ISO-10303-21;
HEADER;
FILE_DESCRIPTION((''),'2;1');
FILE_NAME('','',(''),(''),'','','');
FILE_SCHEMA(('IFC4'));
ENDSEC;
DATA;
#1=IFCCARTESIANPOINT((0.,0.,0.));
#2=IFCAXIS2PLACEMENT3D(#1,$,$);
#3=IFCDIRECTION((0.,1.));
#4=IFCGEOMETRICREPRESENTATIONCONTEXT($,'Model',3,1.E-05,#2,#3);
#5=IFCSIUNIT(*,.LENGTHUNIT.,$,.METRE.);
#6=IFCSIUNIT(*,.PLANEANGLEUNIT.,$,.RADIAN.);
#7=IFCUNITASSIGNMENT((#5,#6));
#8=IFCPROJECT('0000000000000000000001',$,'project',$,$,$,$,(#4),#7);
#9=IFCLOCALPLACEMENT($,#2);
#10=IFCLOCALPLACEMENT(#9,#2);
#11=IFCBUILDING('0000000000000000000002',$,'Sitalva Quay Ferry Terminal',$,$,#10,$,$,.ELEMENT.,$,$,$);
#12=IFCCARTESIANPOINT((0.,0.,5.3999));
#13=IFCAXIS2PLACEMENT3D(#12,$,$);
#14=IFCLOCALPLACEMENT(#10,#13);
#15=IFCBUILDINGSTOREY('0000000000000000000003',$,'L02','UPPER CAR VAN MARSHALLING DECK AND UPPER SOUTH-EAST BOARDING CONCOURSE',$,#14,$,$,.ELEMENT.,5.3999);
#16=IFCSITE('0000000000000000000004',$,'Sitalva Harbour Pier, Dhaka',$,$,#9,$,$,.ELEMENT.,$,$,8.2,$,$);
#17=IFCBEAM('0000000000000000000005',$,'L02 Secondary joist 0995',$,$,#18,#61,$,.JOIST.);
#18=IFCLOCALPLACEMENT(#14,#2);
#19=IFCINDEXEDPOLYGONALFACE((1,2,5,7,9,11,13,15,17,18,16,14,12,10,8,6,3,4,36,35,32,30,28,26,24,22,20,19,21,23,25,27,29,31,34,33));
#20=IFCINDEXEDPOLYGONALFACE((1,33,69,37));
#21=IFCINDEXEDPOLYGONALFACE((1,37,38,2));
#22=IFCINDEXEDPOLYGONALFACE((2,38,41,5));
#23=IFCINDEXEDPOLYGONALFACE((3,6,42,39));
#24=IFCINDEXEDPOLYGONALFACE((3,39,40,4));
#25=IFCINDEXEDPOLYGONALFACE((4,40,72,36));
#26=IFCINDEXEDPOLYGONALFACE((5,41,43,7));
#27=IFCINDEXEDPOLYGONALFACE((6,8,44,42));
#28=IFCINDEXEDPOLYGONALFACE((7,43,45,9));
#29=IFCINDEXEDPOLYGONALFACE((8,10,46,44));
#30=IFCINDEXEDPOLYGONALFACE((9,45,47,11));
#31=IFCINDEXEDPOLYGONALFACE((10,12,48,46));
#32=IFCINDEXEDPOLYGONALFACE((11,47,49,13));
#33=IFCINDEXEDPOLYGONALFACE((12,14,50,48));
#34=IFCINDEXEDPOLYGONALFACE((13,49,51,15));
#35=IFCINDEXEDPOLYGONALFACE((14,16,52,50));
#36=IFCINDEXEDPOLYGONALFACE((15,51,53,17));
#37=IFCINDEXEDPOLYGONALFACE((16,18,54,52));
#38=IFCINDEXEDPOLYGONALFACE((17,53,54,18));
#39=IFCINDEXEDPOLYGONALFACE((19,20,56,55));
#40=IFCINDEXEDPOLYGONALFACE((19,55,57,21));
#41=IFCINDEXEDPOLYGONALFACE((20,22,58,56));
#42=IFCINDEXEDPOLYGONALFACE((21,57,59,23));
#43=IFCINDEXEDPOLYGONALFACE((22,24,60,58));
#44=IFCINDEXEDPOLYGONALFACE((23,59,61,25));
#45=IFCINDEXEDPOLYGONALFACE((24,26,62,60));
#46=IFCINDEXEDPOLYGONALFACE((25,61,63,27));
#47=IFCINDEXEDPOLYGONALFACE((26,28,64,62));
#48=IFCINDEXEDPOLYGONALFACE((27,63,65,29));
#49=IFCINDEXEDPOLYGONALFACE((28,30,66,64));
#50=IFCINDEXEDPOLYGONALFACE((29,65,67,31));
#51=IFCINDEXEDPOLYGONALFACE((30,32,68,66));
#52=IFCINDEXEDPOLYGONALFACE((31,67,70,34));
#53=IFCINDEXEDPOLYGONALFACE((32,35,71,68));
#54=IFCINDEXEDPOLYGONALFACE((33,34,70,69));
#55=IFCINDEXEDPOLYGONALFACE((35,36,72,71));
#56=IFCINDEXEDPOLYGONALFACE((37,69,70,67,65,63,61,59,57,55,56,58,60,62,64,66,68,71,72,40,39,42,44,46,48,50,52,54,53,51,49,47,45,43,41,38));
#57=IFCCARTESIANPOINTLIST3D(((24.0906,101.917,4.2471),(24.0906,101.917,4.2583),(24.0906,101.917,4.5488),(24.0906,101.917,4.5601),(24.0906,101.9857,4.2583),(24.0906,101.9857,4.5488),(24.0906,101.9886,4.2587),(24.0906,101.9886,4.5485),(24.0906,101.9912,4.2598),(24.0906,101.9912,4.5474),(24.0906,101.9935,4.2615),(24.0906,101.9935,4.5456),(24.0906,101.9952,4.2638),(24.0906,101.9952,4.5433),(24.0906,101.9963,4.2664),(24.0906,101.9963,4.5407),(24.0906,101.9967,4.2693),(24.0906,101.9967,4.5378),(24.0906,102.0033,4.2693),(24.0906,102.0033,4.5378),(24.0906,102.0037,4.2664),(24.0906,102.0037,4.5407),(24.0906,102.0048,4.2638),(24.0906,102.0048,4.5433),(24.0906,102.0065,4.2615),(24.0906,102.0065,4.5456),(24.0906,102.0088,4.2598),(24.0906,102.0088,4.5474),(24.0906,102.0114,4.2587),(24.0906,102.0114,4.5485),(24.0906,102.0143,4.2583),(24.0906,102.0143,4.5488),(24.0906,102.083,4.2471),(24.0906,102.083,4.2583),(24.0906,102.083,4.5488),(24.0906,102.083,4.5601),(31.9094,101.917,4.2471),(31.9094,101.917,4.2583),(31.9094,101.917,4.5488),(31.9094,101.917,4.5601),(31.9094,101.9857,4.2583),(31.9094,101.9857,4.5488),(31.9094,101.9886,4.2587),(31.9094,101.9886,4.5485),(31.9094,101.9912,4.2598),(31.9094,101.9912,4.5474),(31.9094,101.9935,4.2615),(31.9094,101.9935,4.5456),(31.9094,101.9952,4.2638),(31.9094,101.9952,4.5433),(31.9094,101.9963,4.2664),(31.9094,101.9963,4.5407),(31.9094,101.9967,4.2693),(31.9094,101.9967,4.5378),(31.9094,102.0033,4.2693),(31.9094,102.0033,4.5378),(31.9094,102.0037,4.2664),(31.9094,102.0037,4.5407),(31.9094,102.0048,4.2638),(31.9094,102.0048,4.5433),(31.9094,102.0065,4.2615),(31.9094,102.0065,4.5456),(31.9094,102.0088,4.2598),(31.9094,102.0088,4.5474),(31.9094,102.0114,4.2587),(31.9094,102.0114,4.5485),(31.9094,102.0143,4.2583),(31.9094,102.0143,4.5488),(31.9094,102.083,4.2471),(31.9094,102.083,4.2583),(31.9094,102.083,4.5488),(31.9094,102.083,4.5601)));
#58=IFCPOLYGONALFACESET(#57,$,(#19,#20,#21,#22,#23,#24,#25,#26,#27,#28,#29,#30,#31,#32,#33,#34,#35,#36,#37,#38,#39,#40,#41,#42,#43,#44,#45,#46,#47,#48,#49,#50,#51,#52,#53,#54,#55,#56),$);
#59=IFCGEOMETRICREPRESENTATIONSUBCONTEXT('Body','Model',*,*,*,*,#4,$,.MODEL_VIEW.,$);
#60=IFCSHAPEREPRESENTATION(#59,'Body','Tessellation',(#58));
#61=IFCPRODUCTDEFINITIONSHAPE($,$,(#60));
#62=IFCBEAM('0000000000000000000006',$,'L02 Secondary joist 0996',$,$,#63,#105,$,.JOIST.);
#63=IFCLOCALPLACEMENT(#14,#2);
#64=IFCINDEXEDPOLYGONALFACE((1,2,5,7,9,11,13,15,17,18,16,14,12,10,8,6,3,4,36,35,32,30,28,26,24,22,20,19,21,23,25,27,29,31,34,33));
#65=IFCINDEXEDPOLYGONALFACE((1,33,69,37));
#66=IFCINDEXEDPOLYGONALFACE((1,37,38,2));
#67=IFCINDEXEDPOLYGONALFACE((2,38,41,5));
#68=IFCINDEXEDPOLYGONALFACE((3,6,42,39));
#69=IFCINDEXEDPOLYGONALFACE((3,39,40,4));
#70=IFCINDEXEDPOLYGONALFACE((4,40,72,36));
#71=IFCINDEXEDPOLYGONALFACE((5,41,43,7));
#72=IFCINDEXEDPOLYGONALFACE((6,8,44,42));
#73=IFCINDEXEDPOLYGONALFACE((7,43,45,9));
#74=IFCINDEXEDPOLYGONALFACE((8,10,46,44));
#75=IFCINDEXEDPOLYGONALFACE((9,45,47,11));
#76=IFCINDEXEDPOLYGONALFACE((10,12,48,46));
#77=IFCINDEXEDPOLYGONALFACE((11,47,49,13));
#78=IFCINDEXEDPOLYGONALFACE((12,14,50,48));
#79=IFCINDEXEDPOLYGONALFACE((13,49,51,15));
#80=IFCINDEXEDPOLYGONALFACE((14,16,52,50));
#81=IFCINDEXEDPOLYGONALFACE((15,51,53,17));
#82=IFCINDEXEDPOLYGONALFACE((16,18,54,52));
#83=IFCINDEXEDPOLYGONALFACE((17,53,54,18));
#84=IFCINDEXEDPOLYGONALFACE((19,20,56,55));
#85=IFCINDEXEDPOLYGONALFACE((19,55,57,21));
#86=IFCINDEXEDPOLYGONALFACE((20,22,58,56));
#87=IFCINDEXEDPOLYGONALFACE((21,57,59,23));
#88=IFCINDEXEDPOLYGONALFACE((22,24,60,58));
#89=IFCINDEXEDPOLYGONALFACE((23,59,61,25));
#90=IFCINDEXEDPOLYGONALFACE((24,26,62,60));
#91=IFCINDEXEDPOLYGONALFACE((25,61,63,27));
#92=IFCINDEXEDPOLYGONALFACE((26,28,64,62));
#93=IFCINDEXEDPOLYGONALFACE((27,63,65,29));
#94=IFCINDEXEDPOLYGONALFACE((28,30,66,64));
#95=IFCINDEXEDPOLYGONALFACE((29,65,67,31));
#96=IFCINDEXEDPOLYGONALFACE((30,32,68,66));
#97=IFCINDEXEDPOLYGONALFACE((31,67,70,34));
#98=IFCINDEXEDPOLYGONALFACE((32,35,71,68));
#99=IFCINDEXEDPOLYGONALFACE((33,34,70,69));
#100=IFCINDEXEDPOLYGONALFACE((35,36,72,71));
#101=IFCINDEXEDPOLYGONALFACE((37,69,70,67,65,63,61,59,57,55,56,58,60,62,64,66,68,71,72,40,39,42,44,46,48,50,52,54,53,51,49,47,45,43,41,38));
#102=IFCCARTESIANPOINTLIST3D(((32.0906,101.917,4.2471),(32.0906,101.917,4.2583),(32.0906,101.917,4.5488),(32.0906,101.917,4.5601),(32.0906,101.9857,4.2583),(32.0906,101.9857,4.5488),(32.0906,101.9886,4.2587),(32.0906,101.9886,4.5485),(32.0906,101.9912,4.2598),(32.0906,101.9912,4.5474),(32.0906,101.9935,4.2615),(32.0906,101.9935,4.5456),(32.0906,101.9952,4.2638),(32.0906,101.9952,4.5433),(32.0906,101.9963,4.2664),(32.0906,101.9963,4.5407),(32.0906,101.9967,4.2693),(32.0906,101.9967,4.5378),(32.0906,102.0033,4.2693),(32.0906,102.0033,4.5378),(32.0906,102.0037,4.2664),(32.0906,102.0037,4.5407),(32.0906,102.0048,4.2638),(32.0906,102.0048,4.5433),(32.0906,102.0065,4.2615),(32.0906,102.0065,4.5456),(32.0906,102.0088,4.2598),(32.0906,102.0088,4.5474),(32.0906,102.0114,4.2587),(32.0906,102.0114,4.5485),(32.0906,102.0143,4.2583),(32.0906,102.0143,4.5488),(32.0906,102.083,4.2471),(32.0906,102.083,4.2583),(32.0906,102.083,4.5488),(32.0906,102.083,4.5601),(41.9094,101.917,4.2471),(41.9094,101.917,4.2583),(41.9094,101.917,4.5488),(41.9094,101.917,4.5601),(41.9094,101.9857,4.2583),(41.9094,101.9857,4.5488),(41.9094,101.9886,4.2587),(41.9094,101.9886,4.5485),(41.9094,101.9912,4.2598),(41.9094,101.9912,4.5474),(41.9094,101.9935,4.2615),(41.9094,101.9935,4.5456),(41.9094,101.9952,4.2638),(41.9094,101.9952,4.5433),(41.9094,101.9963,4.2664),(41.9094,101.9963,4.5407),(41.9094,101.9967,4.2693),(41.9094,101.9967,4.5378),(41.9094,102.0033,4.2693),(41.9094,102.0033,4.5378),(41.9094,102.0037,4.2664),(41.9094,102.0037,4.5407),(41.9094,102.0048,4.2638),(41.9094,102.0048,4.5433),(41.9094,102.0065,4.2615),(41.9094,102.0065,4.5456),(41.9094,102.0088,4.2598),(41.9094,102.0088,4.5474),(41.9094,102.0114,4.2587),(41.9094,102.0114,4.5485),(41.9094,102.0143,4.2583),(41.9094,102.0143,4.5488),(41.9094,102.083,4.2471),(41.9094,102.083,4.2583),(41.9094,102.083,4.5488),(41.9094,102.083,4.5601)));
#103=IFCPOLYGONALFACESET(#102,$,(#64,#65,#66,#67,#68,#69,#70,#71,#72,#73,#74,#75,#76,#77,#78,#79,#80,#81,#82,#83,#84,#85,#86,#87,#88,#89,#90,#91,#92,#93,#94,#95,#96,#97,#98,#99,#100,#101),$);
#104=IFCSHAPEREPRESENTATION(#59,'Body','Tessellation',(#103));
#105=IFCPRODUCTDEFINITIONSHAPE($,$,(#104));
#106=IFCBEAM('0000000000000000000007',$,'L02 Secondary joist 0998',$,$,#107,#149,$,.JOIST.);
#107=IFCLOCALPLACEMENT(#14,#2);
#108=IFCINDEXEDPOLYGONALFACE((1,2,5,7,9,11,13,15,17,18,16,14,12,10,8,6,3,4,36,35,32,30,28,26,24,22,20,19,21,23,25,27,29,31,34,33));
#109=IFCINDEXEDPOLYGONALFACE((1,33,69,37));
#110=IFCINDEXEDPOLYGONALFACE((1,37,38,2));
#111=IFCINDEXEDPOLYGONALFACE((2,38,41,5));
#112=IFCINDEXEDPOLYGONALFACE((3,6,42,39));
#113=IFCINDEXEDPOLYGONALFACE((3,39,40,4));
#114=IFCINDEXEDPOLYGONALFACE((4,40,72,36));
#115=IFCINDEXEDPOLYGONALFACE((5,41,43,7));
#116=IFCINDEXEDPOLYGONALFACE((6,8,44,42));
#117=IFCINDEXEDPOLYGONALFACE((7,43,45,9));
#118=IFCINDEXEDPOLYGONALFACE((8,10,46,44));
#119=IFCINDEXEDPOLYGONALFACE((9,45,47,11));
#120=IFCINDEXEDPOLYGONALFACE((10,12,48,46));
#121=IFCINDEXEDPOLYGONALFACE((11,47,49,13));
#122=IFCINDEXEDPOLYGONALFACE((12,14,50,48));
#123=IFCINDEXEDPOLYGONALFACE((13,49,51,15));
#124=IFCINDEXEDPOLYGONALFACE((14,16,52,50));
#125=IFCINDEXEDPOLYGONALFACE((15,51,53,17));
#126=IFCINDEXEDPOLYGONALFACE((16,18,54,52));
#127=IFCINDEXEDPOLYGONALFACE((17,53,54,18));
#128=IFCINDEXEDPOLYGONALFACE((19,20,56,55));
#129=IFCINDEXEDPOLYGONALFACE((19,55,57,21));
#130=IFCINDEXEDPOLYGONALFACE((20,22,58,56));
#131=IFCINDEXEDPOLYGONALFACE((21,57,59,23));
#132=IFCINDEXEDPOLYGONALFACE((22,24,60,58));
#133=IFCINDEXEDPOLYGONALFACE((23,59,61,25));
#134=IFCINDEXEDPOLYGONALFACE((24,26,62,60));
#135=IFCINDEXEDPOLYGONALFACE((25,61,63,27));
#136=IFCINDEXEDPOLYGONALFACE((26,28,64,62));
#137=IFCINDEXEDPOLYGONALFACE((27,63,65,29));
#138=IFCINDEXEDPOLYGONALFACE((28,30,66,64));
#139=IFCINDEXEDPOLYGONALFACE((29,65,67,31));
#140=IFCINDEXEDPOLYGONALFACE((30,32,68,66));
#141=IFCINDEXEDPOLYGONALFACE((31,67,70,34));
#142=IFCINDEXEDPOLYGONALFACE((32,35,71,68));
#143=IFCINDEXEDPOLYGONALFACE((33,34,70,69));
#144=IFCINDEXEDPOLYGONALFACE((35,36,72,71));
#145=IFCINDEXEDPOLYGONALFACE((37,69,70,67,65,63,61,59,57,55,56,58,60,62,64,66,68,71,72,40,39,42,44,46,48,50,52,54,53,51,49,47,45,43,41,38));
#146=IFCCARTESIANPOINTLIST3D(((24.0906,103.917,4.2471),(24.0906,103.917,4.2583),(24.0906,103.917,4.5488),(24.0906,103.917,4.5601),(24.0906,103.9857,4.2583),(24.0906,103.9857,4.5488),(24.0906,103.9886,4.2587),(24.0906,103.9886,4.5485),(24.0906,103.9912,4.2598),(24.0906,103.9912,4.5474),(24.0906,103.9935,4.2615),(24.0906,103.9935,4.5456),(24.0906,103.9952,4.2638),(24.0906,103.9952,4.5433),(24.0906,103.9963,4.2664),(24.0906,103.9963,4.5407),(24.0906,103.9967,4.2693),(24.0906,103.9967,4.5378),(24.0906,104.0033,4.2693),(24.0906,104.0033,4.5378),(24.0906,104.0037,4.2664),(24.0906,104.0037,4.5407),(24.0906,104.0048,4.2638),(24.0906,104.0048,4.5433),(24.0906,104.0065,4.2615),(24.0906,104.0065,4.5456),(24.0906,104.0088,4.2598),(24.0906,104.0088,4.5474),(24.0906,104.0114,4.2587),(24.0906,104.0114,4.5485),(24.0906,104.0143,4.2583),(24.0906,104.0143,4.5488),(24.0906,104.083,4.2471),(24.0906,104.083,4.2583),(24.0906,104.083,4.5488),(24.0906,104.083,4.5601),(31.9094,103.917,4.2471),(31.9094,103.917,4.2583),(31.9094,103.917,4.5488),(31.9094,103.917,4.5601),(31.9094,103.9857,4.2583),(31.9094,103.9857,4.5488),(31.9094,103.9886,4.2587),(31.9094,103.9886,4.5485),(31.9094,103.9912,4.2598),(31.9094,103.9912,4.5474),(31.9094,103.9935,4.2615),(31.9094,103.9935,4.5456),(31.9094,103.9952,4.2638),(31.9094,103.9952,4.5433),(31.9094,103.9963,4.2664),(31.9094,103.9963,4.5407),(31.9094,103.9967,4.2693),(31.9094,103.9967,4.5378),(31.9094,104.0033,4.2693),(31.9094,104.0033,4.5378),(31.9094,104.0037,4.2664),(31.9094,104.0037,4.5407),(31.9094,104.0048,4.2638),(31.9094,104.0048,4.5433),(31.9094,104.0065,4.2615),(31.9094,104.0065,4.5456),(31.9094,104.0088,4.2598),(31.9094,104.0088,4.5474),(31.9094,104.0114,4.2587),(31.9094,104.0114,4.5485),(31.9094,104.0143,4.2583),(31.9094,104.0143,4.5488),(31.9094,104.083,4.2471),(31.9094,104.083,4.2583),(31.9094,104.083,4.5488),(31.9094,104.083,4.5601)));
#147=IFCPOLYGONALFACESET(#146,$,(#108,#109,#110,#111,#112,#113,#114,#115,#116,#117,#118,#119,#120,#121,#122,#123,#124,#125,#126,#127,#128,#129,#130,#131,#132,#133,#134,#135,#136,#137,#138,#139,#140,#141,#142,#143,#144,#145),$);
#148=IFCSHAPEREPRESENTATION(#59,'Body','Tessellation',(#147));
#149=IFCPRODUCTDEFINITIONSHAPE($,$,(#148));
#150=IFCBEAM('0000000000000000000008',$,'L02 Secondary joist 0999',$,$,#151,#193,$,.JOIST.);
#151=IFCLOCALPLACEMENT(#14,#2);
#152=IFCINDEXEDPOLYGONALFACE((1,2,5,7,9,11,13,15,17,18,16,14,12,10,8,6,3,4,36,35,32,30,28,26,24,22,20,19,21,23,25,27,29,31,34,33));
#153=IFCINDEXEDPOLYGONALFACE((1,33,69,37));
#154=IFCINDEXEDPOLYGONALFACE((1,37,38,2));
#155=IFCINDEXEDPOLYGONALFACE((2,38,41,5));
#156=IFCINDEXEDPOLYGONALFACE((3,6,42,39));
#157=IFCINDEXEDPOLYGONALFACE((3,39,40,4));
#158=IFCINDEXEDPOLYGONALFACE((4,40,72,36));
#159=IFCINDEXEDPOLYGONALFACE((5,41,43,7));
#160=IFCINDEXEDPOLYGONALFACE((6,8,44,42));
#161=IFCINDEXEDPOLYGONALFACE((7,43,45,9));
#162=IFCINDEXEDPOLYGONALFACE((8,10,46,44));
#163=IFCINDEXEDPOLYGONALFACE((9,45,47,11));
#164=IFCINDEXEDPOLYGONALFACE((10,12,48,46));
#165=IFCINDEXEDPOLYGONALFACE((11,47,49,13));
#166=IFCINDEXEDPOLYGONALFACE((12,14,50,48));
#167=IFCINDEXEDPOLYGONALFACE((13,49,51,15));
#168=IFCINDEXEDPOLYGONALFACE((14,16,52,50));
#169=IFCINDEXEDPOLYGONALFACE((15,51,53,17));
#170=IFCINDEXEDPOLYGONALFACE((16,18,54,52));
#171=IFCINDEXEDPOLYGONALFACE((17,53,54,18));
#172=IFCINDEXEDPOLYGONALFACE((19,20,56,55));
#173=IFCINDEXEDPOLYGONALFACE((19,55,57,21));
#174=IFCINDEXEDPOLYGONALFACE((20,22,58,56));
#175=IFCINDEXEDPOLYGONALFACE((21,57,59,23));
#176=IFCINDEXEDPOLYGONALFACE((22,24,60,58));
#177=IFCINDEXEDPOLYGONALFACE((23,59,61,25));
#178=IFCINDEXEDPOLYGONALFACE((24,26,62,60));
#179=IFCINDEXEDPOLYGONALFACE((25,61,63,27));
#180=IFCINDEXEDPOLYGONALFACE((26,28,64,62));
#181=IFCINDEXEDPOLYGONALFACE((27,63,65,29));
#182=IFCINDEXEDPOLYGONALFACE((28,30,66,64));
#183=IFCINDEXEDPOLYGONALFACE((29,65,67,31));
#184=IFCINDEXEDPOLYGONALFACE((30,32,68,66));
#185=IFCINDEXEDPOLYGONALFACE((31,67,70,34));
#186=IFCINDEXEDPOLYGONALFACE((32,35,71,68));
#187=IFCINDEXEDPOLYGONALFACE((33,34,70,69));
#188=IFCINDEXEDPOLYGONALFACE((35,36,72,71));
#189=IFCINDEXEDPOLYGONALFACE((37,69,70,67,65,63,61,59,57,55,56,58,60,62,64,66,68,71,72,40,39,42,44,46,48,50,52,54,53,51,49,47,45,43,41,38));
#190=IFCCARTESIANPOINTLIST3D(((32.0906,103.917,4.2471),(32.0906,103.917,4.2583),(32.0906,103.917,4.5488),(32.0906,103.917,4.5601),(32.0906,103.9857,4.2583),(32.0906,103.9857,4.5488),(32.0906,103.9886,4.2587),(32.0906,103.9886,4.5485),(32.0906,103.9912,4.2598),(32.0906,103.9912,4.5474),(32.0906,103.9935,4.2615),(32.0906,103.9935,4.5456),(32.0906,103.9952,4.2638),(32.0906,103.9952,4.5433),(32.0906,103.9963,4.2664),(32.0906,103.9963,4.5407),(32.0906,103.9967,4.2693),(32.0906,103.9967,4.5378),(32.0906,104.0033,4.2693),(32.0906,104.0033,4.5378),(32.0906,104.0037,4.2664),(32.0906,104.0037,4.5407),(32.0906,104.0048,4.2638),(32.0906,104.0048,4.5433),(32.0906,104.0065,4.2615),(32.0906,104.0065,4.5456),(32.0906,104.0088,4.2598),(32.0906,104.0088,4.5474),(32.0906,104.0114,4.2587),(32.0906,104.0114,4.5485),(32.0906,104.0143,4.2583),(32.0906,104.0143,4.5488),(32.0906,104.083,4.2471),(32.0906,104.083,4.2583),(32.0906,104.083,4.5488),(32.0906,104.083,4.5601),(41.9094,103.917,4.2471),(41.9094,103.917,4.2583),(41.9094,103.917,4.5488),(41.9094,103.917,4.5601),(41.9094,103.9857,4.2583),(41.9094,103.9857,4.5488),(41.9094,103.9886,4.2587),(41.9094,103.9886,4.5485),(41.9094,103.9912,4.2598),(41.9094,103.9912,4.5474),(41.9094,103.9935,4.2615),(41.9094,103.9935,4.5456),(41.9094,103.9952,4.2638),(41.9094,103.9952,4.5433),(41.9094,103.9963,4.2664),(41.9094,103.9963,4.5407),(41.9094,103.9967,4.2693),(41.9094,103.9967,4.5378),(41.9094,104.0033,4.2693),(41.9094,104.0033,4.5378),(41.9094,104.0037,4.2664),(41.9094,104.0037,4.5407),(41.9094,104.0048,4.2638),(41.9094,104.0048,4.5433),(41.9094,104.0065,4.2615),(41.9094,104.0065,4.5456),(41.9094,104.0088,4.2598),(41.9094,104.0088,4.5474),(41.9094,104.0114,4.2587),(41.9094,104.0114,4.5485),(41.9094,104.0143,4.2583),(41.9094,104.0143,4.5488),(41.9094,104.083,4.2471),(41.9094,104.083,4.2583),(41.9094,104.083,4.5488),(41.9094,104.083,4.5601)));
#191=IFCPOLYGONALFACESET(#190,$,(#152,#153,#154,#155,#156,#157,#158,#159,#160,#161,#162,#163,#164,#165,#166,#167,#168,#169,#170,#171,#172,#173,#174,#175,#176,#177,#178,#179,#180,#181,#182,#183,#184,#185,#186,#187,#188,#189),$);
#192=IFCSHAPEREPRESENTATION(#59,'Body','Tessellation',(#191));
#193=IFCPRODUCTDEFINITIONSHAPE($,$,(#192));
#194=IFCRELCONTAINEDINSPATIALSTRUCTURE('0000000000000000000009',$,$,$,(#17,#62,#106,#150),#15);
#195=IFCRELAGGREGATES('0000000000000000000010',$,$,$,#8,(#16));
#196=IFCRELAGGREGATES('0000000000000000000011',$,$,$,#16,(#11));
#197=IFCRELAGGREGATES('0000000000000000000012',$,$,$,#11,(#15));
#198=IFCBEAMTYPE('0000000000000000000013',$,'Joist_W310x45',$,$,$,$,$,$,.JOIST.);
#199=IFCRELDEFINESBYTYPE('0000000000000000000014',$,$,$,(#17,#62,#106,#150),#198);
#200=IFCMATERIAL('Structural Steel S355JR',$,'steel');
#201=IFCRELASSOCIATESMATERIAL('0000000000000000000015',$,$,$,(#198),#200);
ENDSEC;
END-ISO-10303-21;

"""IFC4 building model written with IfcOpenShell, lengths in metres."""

from ifc_helpers import new_model, si_unit, direction, frame, origin, origin_2d, place, context, subcontext, project, spatial, i_section, extrude, material, material_profile, profile_set, type_object, element, save


model = new_model("IFC4")

# Units and contexts
model_context = context("Model", 3, precision=1e-05, world=origin(), true_north=direction((0.0, 1.0)))
body_context = subcontext(model_context, "Body", "Model", "MODEL_VIEW")
ifc_project = project(units=[si_unit("LENGTHUNIT", "METRE"), si_unit("PLANEANGLEUNIT", "RADIAN")], contexts=[model_context])

# Site, building, storey
site_placement = place(None, origin())
site = spatial("IfcSite", under=ifc_project, at=site_placement, Name="Sitalva Harbour Pier, Dhaka", CompositionType="ELEMENT", RefElevation=8.2)
building_placement = place(site_placement, origin())
building = spatial("IfcBuilding", under=site, at=building_placement, Name="Sitalva Quay Ferry Terminal", CompositionType="ELEMENT")
storey_placement = place(building_placement, frame((0.0, 0.0, 5.3999)))
storey = spatial("IfcBuildingStorey", under=building, at=storey_placement, Name="L02", Description="UPPER CAR VAN MARSHALLING DECK AND UPPER SOUTH-EAST BOARDING CONCOURSE", CompositionType="ELEMENT", Elevation=5.3999)

# Beams
ifc_material_1 = material(Name="Structural Steel S355JR", Category="steel")
ifc_material_profile_1 = material_profile(ifc_material_1, i_section(OverallWidth=0.166, OverallDepth=0.313, WebThickness=0.0066, FlangeThickness=0.0112, FilletRadius=0.011, at=origin_2d()), Name="W310x45")
ifc_profile_set_1 = profile_set([ifc_material_profile_1], Name="Structural Steel S355JR")
beam_type_1 = type_object("IfcBeamType", Name="Joist_W310x45", PredefinedType="JOIST", material=ifc_profile_set_1)
beam_1_placement = place(storey_placement, frame((24.0906, 102.0, 4.4036), z_axis=(1.0, 0.0, 0.0), x_axis=(0.0, 1.0, 0.0)))
element("IfcBeam", 1, at=beam_1_placement, inside=storey, type_object=beam_type_1, Name="L02 Secondary joist 0995", PredefinedType="JOIST", context=body_context, shape_type="SweptSolid", body=[
    extrude(i_section(OverallWidth=0.166, OverallDepth=0.313, WebThickness=0.0066, FlangeThickness=0.0112, FilletRadius=0.011, at=origin_2d()), origin(), (0.0, 0.0, 1.0), 7.8188),
])
beam_2_placement = place(storey_placement, frame((32.0906, 102.0, 4.4036), z_axis=(1.0, 0.0, 0.0), x_axis=(0.0, 1.0, 0.0)))
element("IfcBeam", 2, at=beam_2_placement, inside=storey, type_object=beam_type_1, Name="L02 Secondary joist 0996", PredefinedType="JOIST", context=body_context, shape_type="SweptSolid", body=[
    extrude(i_section(OverallWidth=0.166, OverallDepth=0.313, WebThickness=0.0066, FlangeThickness=0.0112, FilletRadius=0.011, at=origin_2d()), origin(), (0.0, 0.0, 1.0), 9.8188),
])
beam_3_placement = place(storey_placement, frame((24.0906, 104.0, 4.4036), z_axis=(1.0, 0.0, 0.0), x_axis=(0.0, 1.0, 0.0)))
element("IfcBeam", 3, at=beam_3_placement, inside=storey, type_object=beam_type_1, Name="L02 Secondary joist 0998", PredefinedType="JOIST", context=body_context, shape_type="SweptSolid", body=[
    extrude(i_section(OverallWidth=0.166, OverallDepth=0.313, WebThickness=0.0066, FlangeThickness=0.0112, FilletRadius=0.011, at=origin_2d()), origin(), (0.0, 0.0, 1.0), 7.8188),
])
beam_4_placement = place(storey_placement, frame((32.0906, 104.0, 4.4036), z_axis=(1.0, 0.0, 0.0), x_axis=(0.0, 1.0, 0.0)))
element("IfcBeam", 4, at=beam_4_placement, inside=storey, type_object=beam_type_1, Name="L02 Secondary joist 0999", PredefinedType="JOIST", context=body_context, shape_type="SweptSolid", body=[
    extrude(i_section(OverallWidth=0.166, OverallDepth=0.313, WebThickness=0.0066, FlangeThickness=0.0112, FilletRadius=0.011, at=origin_2d()), origin(), (0.0, 0.0, 1.0), 9.8188),
])

save(model, "model.ifc")
